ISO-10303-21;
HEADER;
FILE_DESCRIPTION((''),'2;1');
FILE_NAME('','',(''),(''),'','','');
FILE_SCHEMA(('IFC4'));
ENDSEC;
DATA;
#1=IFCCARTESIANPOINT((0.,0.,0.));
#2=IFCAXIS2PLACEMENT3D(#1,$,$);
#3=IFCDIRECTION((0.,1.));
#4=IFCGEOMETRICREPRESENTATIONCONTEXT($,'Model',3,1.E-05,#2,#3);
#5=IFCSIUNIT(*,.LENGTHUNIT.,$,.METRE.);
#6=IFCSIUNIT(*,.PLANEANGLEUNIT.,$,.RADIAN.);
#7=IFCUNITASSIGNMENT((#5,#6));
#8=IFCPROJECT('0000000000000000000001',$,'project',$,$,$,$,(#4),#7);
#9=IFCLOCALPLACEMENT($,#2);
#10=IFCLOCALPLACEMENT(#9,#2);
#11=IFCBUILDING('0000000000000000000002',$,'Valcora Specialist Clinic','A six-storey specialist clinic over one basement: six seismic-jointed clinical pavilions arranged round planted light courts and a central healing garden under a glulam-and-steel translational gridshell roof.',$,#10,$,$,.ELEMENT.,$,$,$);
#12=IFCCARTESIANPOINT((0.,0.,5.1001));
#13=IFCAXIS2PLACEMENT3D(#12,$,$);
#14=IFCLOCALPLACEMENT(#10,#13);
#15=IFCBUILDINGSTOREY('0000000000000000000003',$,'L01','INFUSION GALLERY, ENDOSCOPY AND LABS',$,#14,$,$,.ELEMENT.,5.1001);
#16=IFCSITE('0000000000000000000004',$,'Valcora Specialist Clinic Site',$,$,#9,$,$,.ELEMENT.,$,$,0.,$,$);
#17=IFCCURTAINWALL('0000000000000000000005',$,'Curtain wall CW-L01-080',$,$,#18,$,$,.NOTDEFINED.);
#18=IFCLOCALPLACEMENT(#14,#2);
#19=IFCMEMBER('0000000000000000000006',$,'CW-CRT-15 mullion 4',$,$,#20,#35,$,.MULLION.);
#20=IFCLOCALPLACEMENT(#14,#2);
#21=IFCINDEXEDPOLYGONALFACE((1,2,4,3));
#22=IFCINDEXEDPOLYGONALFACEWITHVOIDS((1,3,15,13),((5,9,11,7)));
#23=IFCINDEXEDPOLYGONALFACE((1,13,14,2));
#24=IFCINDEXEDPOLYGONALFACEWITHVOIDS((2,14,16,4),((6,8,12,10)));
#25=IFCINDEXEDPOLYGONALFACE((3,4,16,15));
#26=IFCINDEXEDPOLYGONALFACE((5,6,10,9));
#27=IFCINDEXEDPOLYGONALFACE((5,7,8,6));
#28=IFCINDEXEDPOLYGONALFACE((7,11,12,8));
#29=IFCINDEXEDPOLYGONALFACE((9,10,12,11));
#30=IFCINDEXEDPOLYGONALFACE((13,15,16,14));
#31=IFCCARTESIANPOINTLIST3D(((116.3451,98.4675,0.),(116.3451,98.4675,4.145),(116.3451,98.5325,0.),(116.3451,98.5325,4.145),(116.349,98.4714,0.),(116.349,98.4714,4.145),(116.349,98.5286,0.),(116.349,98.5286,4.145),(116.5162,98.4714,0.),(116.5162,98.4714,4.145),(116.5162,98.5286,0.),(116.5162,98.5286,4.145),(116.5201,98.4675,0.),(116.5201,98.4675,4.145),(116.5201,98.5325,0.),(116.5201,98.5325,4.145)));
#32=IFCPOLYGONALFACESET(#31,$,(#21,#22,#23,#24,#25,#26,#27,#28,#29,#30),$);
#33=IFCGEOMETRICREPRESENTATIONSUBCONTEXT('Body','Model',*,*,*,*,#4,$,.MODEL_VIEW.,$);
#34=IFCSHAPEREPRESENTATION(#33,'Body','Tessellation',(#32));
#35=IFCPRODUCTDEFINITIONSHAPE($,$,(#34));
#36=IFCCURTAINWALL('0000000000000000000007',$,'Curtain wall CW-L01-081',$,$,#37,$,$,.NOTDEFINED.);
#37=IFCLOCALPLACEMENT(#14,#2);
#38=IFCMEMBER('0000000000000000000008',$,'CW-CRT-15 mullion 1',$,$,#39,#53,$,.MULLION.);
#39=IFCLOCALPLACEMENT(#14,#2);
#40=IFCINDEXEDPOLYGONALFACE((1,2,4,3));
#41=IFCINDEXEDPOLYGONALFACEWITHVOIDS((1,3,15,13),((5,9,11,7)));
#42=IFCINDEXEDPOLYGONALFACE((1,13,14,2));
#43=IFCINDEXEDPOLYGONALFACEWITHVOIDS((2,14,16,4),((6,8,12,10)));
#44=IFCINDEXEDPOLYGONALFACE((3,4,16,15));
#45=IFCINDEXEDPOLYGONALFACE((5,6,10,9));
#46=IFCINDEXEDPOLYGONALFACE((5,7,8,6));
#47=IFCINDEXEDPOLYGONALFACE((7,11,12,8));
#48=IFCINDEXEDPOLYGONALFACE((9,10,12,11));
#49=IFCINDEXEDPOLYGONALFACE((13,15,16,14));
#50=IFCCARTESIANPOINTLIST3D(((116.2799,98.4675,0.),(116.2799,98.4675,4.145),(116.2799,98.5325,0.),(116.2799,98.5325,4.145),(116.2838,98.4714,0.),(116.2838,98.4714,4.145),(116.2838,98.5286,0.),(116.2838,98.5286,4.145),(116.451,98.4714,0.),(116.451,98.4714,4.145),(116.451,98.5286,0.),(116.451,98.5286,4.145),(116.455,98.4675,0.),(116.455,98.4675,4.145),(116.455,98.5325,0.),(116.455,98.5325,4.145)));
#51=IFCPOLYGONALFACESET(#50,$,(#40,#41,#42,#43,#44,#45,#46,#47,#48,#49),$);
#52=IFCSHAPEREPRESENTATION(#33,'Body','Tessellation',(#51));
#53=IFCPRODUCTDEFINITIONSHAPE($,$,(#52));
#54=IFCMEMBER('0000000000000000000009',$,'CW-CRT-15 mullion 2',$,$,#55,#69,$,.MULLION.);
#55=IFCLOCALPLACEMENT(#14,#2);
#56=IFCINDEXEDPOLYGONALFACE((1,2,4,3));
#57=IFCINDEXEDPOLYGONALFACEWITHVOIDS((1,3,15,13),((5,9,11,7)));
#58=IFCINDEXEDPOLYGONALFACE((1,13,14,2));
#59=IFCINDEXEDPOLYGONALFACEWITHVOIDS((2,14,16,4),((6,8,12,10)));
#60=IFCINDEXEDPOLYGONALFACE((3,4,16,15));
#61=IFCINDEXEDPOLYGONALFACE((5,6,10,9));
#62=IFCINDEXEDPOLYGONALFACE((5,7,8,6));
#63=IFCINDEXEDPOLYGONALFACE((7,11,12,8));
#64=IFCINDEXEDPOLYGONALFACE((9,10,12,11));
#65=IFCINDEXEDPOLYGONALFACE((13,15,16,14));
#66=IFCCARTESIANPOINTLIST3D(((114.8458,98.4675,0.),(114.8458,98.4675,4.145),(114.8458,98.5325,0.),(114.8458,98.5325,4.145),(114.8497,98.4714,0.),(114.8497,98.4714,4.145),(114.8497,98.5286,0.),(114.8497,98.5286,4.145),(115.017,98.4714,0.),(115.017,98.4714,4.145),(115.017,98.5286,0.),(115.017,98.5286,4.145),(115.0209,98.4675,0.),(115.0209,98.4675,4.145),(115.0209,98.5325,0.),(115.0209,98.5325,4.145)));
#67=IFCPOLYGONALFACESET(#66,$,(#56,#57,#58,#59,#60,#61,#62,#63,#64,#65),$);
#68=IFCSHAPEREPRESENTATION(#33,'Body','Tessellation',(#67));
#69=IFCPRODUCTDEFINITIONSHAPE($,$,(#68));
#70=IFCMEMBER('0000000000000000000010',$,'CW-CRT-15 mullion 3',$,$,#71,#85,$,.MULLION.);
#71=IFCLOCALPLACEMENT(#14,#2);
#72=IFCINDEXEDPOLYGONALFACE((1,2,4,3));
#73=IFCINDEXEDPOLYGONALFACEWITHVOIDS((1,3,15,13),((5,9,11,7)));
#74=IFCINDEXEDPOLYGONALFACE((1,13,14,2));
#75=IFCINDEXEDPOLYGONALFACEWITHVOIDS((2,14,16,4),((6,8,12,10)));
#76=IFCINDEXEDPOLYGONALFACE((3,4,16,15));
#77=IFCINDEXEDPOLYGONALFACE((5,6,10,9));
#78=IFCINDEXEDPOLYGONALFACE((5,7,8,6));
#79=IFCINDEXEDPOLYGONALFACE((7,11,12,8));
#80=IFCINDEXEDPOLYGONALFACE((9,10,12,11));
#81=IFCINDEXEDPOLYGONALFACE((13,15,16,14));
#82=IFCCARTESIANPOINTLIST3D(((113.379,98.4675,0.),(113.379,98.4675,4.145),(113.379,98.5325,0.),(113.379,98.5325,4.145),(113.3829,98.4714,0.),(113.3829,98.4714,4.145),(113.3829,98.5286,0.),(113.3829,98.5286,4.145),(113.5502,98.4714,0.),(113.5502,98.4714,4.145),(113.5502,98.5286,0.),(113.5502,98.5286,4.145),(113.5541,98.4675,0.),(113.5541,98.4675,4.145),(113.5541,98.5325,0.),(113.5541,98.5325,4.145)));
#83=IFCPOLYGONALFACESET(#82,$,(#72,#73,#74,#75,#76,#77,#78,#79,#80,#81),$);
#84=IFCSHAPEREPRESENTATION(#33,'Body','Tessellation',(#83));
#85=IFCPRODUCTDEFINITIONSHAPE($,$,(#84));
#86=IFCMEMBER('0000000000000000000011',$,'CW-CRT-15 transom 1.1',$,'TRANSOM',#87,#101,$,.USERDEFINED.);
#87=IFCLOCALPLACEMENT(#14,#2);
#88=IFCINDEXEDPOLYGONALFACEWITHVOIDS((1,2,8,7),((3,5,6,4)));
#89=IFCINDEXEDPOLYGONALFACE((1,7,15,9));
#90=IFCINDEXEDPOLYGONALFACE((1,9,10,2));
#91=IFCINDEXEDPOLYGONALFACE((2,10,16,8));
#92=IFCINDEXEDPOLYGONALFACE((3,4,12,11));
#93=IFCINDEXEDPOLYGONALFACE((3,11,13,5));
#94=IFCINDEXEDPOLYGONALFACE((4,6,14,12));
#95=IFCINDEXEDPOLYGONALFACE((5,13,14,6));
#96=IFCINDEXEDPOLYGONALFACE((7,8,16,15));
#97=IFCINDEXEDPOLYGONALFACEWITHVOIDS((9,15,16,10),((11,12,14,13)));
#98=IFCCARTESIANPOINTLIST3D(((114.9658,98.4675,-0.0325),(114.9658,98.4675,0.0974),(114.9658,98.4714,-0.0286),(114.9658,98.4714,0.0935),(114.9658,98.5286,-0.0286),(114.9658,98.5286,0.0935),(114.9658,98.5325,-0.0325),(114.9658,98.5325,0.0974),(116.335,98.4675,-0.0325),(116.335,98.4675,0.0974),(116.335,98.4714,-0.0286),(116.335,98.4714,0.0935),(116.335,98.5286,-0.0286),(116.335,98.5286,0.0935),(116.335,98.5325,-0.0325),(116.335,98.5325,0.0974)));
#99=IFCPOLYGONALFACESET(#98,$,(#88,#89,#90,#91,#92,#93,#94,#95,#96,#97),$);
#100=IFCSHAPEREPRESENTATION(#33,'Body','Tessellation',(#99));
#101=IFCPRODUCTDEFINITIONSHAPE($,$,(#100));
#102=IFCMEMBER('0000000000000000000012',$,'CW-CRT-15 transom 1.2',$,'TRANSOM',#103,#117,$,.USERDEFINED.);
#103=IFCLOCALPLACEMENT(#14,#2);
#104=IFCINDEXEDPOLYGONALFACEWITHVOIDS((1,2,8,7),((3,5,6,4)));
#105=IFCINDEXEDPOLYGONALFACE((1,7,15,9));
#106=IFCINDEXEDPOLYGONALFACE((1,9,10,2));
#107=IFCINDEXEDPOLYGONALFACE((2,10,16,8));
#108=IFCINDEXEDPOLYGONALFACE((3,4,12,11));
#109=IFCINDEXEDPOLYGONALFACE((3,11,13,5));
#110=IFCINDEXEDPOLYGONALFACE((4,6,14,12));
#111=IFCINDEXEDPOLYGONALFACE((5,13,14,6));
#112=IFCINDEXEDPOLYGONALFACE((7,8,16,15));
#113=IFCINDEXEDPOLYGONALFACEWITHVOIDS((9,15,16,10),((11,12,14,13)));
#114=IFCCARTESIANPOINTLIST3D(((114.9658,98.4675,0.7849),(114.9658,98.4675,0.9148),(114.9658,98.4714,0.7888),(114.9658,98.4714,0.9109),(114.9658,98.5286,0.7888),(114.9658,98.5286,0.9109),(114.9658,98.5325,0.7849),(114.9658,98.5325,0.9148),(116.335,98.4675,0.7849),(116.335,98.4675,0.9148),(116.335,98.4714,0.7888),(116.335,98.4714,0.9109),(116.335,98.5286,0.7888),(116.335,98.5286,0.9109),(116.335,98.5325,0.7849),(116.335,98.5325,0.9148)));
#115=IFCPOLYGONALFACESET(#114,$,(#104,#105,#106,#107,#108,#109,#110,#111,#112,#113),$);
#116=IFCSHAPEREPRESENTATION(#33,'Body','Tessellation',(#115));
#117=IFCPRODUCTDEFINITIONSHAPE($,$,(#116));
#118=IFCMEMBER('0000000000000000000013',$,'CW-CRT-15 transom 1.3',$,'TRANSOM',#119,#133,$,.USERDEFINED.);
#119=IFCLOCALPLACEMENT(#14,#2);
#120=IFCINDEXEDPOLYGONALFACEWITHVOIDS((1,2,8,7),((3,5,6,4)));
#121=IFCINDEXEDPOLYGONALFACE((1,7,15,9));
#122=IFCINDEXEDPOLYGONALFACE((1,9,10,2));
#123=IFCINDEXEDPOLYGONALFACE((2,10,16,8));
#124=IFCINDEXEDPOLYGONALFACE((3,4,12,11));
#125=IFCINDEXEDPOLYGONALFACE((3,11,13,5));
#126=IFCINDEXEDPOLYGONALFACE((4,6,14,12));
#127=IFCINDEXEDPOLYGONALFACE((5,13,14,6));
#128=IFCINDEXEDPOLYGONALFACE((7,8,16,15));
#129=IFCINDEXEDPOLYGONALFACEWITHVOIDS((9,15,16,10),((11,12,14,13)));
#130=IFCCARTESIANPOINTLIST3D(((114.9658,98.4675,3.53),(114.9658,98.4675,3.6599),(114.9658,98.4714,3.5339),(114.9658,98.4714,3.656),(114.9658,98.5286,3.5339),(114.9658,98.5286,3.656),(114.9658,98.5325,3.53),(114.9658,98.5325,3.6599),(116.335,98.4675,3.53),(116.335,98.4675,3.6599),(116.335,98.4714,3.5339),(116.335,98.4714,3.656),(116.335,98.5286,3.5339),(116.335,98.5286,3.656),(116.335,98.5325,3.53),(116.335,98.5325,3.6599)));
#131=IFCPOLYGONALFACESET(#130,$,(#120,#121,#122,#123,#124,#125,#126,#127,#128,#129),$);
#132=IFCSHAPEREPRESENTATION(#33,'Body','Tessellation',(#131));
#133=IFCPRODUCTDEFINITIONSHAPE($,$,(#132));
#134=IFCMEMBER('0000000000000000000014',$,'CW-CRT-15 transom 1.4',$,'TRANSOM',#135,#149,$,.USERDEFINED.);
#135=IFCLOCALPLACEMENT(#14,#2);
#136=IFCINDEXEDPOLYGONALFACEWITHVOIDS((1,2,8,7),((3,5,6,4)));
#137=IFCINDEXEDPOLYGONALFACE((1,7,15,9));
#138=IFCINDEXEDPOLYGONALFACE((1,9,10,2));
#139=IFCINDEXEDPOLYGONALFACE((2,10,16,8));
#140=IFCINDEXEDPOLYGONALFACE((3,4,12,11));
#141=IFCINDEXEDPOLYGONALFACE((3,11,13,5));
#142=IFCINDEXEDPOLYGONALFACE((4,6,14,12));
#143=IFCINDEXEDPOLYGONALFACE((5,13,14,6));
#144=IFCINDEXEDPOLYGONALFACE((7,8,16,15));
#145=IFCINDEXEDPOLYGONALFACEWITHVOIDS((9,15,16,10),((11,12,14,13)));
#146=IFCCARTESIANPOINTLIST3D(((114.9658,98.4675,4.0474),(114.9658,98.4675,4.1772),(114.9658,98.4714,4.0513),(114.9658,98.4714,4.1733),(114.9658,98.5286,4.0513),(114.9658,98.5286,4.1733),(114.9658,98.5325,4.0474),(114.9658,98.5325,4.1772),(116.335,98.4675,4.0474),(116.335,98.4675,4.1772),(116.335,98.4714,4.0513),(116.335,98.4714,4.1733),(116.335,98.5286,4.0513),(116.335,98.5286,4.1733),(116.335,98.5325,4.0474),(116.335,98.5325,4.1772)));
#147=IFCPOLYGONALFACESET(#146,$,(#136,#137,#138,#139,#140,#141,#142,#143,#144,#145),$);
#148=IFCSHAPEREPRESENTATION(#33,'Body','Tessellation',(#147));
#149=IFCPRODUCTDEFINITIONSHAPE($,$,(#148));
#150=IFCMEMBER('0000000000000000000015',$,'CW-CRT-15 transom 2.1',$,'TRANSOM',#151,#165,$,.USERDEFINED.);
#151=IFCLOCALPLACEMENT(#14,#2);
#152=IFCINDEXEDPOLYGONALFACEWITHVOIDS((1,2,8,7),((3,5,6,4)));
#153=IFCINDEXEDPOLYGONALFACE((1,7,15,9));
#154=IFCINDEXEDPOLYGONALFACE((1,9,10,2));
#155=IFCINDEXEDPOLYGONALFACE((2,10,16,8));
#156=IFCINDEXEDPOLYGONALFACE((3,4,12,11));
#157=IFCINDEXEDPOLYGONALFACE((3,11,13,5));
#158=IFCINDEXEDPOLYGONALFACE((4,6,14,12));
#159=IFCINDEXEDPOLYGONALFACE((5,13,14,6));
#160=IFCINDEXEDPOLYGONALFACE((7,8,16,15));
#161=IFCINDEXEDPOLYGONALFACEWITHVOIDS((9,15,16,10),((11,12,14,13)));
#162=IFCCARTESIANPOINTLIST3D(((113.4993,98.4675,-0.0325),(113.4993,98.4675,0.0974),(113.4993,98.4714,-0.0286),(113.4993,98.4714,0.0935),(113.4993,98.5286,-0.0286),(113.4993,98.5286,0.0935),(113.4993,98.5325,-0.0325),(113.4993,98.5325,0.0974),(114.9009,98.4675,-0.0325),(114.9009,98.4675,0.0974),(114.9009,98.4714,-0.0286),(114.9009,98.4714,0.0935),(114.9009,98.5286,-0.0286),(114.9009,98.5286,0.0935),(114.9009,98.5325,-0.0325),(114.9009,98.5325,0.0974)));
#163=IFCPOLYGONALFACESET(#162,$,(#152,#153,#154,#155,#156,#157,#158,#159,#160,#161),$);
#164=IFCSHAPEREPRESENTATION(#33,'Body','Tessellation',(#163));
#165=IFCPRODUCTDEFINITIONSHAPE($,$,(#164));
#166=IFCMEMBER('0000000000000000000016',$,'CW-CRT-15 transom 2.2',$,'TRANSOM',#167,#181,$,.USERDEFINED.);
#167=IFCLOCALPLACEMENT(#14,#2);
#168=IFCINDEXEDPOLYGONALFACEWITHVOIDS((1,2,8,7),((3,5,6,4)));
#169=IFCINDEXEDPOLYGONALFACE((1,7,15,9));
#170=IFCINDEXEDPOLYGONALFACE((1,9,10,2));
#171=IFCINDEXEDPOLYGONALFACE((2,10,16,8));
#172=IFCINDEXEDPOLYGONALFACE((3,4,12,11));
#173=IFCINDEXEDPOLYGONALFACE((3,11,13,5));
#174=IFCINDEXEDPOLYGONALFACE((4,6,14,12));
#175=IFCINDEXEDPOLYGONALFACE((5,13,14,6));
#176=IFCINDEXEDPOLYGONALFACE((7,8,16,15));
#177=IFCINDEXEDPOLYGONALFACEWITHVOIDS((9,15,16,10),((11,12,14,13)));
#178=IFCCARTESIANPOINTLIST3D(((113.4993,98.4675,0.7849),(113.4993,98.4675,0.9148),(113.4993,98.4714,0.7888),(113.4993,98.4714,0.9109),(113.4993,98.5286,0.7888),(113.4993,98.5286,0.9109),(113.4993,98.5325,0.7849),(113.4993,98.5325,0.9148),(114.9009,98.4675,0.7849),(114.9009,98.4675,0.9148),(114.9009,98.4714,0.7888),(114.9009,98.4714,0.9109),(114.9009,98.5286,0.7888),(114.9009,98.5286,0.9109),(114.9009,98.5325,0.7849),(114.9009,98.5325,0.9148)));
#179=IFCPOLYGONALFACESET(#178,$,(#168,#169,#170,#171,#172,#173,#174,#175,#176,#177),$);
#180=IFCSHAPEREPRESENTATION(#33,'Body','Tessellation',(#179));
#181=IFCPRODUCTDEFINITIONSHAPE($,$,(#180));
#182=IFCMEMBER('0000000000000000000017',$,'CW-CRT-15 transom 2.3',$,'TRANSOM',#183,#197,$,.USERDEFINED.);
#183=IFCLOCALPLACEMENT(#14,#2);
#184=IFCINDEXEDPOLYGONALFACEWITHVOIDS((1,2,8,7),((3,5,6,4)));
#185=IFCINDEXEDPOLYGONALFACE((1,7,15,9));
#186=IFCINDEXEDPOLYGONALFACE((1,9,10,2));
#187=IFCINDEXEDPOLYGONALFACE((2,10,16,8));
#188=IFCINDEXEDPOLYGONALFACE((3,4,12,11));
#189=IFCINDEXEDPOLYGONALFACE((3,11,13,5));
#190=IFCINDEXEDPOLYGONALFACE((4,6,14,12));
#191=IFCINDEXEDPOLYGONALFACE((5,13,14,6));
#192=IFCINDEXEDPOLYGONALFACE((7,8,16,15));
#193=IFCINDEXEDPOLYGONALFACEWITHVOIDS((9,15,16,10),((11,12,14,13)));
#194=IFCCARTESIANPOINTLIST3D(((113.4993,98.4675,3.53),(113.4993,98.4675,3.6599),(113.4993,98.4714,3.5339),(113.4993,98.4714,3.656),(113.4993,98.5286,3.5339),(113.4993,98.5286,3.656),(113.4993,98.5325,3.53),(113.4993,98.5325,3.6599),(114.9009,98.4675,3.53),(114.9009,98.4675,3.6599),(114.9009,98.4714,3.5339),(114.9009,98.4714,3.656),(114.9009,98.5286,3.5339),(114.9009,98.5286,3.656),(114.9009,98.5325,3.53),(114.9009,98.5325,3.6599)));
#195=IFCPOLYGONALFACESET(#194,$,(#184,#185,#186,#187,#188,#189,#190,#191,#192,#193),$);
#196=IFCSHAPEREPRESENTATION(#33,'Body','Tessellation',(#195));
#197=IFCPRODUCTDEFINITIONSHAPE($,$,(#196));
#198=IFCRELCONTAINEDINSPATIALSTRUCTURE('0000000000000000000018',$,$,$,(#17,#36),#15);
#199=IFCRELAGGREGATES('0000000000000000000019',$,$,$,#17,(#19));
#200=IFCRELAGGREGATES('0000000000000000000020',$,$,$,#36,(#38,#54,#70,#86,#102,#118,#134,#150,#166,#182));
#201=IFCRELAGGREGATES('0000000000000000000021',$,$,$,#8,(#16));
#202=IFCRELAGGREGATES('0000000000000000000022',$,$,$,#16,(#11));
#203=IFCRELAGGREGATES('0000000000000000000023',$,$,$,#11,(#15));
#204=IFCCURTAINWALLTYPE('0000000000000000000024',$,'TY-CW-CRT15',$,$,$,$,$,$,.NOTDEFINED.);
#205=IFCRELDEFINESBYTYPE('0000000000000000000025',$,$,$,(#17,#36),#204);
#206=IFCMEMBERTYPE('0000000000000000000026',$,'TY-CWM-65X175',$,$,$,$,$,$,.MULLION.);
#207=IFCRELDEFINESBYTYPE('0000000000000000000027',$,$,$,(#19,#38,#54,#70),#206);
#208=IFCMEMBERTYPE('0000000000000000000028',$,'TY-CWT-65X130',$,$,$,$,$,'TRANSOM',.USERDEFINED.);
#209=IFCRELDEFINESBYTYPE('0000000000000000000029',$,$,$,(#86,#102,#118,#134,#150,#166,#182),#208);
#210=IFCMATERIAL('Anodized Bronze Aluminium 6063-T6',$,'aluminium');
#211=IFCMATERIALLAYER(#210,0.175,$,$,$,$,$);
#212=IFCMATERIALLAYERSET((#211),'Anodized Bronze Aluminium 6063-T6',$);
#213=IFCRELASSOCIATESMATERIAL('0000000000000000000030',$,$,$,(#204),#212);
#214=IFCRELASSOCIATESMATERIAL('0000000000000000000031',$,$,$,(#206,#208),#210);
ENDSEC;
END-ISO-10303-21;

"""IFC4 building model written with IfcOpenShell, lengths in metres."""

from ifc_helpers import new_model, si_unit, direction, frame, origin, origin_2d, place, context, subcontext, project, spatial, hollow_rectangle, extrude, material, layer, layer_set, material_profile, profile_set, type_object, element, aggregate, save


model = new_model("IFC4")

# Units and contexts
model_context = context("Model", 3, precision=1e-05, world=origin(), true_north=direction((0.0, 1.0)))
body_context = subcontext(model_context, "Body", "Model", "MODEL_VIEW")
ifc_project = project(units=[si_unit("LENGTHUNIT", "METRE"), si_unit("PLANEANGLEUNIT", "RADIAN")], contexts=[model_context])

# Site, building, storey
site_placement = place(None, origin())
site = spatial("IfcSite", under=ifc_project, at=site_placement, Name="Valcora Specialist Clinic Site", CompositionType="ELEMENT", RefElevation=0.0)
building_placement = place(site_placement, origin())
building = spatial("IfcBuilding", under=site, at=building_placement, Name="Valcora Specialist Clinic", Description="A six-storey specialist clinic over one basement: six seismic-jointed clinical pavilions arranged round planted light courts and a central healing garden under a glulam-and-steel translational gridshell roof.", CompositionType="ELEMENT")
storey_placement = place(building_placement, frame((0.0, 0.0, 5.1001)))
storey = spatial("IfcBuildingStorey", under=building, at=storey_placement, Name="L01", Description="INFUSION GALLERY, ENDOSCOPY AND LABS", CompositionType="ELEMENT", Elevation=5.1001)

# Curtain wall, member
ifc_material_1 = material(Name="Anodized Bronze Aluminium 6063-T6", Category="aluminium")
ifc_layer_1 = layer(ifc_material_1, 0.175)
ifc_layer_set_1 = layer_set([ifc_layer_1], Name="Anodized Bronze Aluminium 6063-T6")
curtain_wall_type = type_object("IfcCurtainWallType", Name="TY-CW-CRT15", PredefinedType="NOTDEFINED", material=ifc_layer_set_1)
curtain_wall_1_placement = place(storey_placement, origin())
curtain_wall_1 = element("IfcCurtainWall", 1, at=curtain_wall_1_placement, inside=storey, type_object=curtain_wall_type, Name="Curtain wall CW-L01-080", PredefinedType="NOTDEFINED")
ifc_material_profile_1 = material_profile(ifc_material_1, hollow_rectangle(XDim=0.0649, YDim=0.175, WallThickness=0.0039, at=origin_2d()), Name="AL-MUL-65X175")
ifc_profile_set_1 = profile_set([ifc_material_profile_1], Name="Anodized Bronze Aluminium 6063-T6")
member_type_1 = type_object("IfcMemberType", Name="TY-CWM-65X175", PredefinedType="MULLION", material=ifc_profile_set_1)
member_1_placement = place(storey_placement, frame((116.4326, 98.5, 0.0), z_axis=(0.0, 0.0, 1.0), x_axis=(0.0, -1.0, 0.0)))
member_1 = element("IfcMember", 2, at=member_1_placement, type_object=member_type_1, Name="CW-CRT-15 mullion 4", PredefinedType="MULLION", context=body_context, shape_type="SweptSolid", body=[
    extrude(hollow_rectangle(XDim=0.0649, YDim=0.175, WallThickness=0.0039, at=origin_2d()), origin(), (0.0, 0.0, 1.0), 4.145),
])

# Curtain wall, members
curtain_wall_2_placement = place(storey_placement, origin())
curtain_wall_2 = element("IfcCurtainWall", 3, at=curtain_wall_2_placement, inside=storey, type_object=curtain_wall_type, Name="Curtain wall CW-L01-081", PredefinedType="NOTDEFINED")
member_2_placement = place(storey_placement, frame((116.3674, 98.5, 0.0), z_axis=(0.0, 0.0, 1.0), x_axis=(0.0, -1.0, 0.0)))
member_2 = element("IfcMember", 4, at=member_2_placement, type_object=member_type_1, Name="CW-CRT-15 mullion 1", PredefinedType="MULLION", context=body_context, shape_type="SweptSolid", body=[
    extrude(hollow_rectangle(XDim=0.0649, YDim=0.175, WallThickness=0.0039, at=origin_2d()), origin(), (0.0, 0.0, 1.0), 4.145),
])
member_3_placement = place(storey_placement, frame((114.9333, 98.5, 0.0), z_axis=(0.0, 0.0, 1.0), x_axis=(0.0, -1.0, 0.0)))
member_3 = element("IfcMember", 5, at=member_3_placement, type_object=member_type_1, Name="CW-CRT-15 mullion 2", PredefinedType="MULLION", context=body_context, shape_type="SweptSolid", body=[
    extrude(hollow_rectangle(XDim=0.0649, YDim=0.175, WallThickness=0.0039, at=origin_2d()), origin(), (0.0, 0.0, 1.0), 4.145),
])
member_4_placement = place(storey_placement, frame((113.4666, 98.5, 0.0), z_axis=(0.0, 0.0, 1.0), x_axis=(0.0, -1.0, 0.0)))
member_4 = element("IfcMember", 6, at=member_4_placement, type_object=member_type_1, Name="CW-CRT-15 mullion 3", PredefinedType="MULLION", context=body_context, shape_type="SweptSolid", body=[
    extrude(hollow_rectangle(XDim=0.0649, YDim=0.175, WallThickness=0.0039, at=origin_2d()), origin(), (0.0, 0.0, 1.0), 4.145),
])
ifc_material_profile_2 = material_profile(ifc_material_1, hollow_rectangle(XDim=0.0649, YDim=0.1299, WallThickness=0.0039, at=origin_2d()), Name="AL-TRN-65X130")
ifc_profile_set_2 = profile_set([ifc_material_profile_2], Name="Anodized Bronze Aluminium 6063-T6")
member_type_2 = type_object("IfcMemberType", Name="TY-CWT-65X130", ElementType="TRANSOM", PredefinedType="USERDEFINED", material=ifc_profile_set_2)
member_5_placement = place(storey_placement, frame((116.335, 98.5, 0.0325), z_axis=(-1.0, 0.0, 0.0), x_axis=(0.0, -1.0, 0.0)))
member_5 = element("IfcMember", 7, at=member_5_placement, type_object=member_type_2, Name="CW-CRT-15 transom 1.1", ObjectType="TRANSOM", PredefinedType="USERDEFINED", context=body_context, shape_type="SweptSolid", body=[
    extrude(hollow_rectangle(XDim=0.0649, YDim=0.1299, WallThickness=0.0039, at=origin_2d()), origin(), (0.0, 0.0, 1.0), 1.3691),
])
member_6_placement = place(storey_placement, frame((116.335, 98.5, 0.8499), z_axis=(-1.0, 0.0, 0.0), x_axis=(0.0, -1.0, 0.0)))
member_6 = element("IfcMember", 8, at=member_6_placement, type_object=member_type_2, Name="CW-CRT-15 transom 1.2", ObjectType="TRANSOM", PredefinedType="USERDEFINED", context=body_context, shape_type="SweptSolid", body=[
    extrude(hollow_rectangle(XDim=0.0649, YDim=0.1299, WallThickness=0.0039, at=origin_2d()), origin(), (0.0, 0.0, 1.0), 1.3691),
])
member_7_placement = place(storey_placement, frame((116.335, 98.5, 3.595), z_axis=(-1.0, 0.0, 0.0), x_axis=(0.0, -1.0, 0.0)))
member_7 = element("IfcMember", 9, at=member_7_placement, type_object=member_type_2, Name="CW-CRT-15 transom 1.3", ObjectType="TRANSOM", PredefinedType="USERDEFINED", context=body_context, shape_type="SweptSolid", body=[
    extrude(hollow_rectangle(XDim=0.0649, YDim=0.1299, WallThickness=0.0039, at=origin_2d()), origin(), (0.0, 0.0, 1.0), 1.3691),
])
member_8_placement = place(storey_placement, frame((116.335, 98.5, 4.1123), z_axis=(-1.0, 0.0, 0.0), x_axis=(0.0, -1.0, 0.0)))
member_8 = element("IfcMember", 10, at=member_8_placement, type_object=member_type_2, Name="CW-CRT-15 transom 1.4", ObjectType="TRANSOM", PredefinedType="USERDEFINED", context=body_context, shape_type="SweptSolid", body=[
    extrude(hollow_rectangle(XDim=0.0649, YDim=0.1299, WallThickness=0.0039, at=origin_2d()), origin(), (0.0, 0.0, 1.0), 1.3691),
])
member_9_placement = place(storey_placement, frame((114.9009, 98.5, 0.0325), z_axis=(-1.0, 0.0, 0.0), x_axis=(0.0, -1.0, 0.0)))
member_9 = element("IfcMember", 11, at=member_9_placement, type_object=member_type_2, Name="CW-CRT-15 transom 2.1", ObjectType="TRANSOM", PredefinedType="USERDEFINED", context=body_context, shape_type="SweptSolid", body=[
    extrude(hollow_rectangle(XDim=0.0649, YDim=0.1299, WallThickness=0.0039, at=origin_2d()), origin(), (0.0, 0.0, 1.0), 1.4016),
])
member_10_placement = place(storey_placement, frame((114.9009, 98.5, 0.8499), z_axis=(-1.0, 0.0, 0.0), x_axis=(0.0, -1.0, 0.0)))
member_10 = element("IfcMember", 12, at=member_10_placement, type_object=member_type_2, Name="CW-CRT-15 transom 2.2", ObjectType="TRANSOM", PredefinedType="USERDEFINED", context=body_context, shape_type="SweptSolid", body=[
    extrude(hollow_rectangle(XDim=0.0649, YDim=0.1299, WallThickness=0.0039, at=origin_2d()), origin(), (0.0, 0.0, 1.0), 1.4016),
])
member_11_placement = place(storey_placement, frame((114.9009, 98.5, 3.595), z_axis=(-1.0, 0.0, 0.0), x_axis=(0.0, -1.0, 0.0)))
member_11 = element("IfcMember", 13, at=member_11_placement, type_object=member_type_2, Name="CW-CRT-15 transom 2.3", ObjectType="TRANSOM", PredefinedType="USERDEFINED", context=body_context, shape_type="SweptSolid", body=[
    extrude(hollow_rectangle(XDim=0.0649, YDim=0.1299, WallThickness=0.0039, at=origin_2d()), origin(), (0.0, 0.0, 1.0), 1.4016),
])

aggregate(curtain_wall_1, [member_1])
aggregate(curtain_wall_2, [member_2, member_3, member_4, member_5, member_6, member_7, member_8, member_9, member_10, member_11])

save(model, "model.ifc")
